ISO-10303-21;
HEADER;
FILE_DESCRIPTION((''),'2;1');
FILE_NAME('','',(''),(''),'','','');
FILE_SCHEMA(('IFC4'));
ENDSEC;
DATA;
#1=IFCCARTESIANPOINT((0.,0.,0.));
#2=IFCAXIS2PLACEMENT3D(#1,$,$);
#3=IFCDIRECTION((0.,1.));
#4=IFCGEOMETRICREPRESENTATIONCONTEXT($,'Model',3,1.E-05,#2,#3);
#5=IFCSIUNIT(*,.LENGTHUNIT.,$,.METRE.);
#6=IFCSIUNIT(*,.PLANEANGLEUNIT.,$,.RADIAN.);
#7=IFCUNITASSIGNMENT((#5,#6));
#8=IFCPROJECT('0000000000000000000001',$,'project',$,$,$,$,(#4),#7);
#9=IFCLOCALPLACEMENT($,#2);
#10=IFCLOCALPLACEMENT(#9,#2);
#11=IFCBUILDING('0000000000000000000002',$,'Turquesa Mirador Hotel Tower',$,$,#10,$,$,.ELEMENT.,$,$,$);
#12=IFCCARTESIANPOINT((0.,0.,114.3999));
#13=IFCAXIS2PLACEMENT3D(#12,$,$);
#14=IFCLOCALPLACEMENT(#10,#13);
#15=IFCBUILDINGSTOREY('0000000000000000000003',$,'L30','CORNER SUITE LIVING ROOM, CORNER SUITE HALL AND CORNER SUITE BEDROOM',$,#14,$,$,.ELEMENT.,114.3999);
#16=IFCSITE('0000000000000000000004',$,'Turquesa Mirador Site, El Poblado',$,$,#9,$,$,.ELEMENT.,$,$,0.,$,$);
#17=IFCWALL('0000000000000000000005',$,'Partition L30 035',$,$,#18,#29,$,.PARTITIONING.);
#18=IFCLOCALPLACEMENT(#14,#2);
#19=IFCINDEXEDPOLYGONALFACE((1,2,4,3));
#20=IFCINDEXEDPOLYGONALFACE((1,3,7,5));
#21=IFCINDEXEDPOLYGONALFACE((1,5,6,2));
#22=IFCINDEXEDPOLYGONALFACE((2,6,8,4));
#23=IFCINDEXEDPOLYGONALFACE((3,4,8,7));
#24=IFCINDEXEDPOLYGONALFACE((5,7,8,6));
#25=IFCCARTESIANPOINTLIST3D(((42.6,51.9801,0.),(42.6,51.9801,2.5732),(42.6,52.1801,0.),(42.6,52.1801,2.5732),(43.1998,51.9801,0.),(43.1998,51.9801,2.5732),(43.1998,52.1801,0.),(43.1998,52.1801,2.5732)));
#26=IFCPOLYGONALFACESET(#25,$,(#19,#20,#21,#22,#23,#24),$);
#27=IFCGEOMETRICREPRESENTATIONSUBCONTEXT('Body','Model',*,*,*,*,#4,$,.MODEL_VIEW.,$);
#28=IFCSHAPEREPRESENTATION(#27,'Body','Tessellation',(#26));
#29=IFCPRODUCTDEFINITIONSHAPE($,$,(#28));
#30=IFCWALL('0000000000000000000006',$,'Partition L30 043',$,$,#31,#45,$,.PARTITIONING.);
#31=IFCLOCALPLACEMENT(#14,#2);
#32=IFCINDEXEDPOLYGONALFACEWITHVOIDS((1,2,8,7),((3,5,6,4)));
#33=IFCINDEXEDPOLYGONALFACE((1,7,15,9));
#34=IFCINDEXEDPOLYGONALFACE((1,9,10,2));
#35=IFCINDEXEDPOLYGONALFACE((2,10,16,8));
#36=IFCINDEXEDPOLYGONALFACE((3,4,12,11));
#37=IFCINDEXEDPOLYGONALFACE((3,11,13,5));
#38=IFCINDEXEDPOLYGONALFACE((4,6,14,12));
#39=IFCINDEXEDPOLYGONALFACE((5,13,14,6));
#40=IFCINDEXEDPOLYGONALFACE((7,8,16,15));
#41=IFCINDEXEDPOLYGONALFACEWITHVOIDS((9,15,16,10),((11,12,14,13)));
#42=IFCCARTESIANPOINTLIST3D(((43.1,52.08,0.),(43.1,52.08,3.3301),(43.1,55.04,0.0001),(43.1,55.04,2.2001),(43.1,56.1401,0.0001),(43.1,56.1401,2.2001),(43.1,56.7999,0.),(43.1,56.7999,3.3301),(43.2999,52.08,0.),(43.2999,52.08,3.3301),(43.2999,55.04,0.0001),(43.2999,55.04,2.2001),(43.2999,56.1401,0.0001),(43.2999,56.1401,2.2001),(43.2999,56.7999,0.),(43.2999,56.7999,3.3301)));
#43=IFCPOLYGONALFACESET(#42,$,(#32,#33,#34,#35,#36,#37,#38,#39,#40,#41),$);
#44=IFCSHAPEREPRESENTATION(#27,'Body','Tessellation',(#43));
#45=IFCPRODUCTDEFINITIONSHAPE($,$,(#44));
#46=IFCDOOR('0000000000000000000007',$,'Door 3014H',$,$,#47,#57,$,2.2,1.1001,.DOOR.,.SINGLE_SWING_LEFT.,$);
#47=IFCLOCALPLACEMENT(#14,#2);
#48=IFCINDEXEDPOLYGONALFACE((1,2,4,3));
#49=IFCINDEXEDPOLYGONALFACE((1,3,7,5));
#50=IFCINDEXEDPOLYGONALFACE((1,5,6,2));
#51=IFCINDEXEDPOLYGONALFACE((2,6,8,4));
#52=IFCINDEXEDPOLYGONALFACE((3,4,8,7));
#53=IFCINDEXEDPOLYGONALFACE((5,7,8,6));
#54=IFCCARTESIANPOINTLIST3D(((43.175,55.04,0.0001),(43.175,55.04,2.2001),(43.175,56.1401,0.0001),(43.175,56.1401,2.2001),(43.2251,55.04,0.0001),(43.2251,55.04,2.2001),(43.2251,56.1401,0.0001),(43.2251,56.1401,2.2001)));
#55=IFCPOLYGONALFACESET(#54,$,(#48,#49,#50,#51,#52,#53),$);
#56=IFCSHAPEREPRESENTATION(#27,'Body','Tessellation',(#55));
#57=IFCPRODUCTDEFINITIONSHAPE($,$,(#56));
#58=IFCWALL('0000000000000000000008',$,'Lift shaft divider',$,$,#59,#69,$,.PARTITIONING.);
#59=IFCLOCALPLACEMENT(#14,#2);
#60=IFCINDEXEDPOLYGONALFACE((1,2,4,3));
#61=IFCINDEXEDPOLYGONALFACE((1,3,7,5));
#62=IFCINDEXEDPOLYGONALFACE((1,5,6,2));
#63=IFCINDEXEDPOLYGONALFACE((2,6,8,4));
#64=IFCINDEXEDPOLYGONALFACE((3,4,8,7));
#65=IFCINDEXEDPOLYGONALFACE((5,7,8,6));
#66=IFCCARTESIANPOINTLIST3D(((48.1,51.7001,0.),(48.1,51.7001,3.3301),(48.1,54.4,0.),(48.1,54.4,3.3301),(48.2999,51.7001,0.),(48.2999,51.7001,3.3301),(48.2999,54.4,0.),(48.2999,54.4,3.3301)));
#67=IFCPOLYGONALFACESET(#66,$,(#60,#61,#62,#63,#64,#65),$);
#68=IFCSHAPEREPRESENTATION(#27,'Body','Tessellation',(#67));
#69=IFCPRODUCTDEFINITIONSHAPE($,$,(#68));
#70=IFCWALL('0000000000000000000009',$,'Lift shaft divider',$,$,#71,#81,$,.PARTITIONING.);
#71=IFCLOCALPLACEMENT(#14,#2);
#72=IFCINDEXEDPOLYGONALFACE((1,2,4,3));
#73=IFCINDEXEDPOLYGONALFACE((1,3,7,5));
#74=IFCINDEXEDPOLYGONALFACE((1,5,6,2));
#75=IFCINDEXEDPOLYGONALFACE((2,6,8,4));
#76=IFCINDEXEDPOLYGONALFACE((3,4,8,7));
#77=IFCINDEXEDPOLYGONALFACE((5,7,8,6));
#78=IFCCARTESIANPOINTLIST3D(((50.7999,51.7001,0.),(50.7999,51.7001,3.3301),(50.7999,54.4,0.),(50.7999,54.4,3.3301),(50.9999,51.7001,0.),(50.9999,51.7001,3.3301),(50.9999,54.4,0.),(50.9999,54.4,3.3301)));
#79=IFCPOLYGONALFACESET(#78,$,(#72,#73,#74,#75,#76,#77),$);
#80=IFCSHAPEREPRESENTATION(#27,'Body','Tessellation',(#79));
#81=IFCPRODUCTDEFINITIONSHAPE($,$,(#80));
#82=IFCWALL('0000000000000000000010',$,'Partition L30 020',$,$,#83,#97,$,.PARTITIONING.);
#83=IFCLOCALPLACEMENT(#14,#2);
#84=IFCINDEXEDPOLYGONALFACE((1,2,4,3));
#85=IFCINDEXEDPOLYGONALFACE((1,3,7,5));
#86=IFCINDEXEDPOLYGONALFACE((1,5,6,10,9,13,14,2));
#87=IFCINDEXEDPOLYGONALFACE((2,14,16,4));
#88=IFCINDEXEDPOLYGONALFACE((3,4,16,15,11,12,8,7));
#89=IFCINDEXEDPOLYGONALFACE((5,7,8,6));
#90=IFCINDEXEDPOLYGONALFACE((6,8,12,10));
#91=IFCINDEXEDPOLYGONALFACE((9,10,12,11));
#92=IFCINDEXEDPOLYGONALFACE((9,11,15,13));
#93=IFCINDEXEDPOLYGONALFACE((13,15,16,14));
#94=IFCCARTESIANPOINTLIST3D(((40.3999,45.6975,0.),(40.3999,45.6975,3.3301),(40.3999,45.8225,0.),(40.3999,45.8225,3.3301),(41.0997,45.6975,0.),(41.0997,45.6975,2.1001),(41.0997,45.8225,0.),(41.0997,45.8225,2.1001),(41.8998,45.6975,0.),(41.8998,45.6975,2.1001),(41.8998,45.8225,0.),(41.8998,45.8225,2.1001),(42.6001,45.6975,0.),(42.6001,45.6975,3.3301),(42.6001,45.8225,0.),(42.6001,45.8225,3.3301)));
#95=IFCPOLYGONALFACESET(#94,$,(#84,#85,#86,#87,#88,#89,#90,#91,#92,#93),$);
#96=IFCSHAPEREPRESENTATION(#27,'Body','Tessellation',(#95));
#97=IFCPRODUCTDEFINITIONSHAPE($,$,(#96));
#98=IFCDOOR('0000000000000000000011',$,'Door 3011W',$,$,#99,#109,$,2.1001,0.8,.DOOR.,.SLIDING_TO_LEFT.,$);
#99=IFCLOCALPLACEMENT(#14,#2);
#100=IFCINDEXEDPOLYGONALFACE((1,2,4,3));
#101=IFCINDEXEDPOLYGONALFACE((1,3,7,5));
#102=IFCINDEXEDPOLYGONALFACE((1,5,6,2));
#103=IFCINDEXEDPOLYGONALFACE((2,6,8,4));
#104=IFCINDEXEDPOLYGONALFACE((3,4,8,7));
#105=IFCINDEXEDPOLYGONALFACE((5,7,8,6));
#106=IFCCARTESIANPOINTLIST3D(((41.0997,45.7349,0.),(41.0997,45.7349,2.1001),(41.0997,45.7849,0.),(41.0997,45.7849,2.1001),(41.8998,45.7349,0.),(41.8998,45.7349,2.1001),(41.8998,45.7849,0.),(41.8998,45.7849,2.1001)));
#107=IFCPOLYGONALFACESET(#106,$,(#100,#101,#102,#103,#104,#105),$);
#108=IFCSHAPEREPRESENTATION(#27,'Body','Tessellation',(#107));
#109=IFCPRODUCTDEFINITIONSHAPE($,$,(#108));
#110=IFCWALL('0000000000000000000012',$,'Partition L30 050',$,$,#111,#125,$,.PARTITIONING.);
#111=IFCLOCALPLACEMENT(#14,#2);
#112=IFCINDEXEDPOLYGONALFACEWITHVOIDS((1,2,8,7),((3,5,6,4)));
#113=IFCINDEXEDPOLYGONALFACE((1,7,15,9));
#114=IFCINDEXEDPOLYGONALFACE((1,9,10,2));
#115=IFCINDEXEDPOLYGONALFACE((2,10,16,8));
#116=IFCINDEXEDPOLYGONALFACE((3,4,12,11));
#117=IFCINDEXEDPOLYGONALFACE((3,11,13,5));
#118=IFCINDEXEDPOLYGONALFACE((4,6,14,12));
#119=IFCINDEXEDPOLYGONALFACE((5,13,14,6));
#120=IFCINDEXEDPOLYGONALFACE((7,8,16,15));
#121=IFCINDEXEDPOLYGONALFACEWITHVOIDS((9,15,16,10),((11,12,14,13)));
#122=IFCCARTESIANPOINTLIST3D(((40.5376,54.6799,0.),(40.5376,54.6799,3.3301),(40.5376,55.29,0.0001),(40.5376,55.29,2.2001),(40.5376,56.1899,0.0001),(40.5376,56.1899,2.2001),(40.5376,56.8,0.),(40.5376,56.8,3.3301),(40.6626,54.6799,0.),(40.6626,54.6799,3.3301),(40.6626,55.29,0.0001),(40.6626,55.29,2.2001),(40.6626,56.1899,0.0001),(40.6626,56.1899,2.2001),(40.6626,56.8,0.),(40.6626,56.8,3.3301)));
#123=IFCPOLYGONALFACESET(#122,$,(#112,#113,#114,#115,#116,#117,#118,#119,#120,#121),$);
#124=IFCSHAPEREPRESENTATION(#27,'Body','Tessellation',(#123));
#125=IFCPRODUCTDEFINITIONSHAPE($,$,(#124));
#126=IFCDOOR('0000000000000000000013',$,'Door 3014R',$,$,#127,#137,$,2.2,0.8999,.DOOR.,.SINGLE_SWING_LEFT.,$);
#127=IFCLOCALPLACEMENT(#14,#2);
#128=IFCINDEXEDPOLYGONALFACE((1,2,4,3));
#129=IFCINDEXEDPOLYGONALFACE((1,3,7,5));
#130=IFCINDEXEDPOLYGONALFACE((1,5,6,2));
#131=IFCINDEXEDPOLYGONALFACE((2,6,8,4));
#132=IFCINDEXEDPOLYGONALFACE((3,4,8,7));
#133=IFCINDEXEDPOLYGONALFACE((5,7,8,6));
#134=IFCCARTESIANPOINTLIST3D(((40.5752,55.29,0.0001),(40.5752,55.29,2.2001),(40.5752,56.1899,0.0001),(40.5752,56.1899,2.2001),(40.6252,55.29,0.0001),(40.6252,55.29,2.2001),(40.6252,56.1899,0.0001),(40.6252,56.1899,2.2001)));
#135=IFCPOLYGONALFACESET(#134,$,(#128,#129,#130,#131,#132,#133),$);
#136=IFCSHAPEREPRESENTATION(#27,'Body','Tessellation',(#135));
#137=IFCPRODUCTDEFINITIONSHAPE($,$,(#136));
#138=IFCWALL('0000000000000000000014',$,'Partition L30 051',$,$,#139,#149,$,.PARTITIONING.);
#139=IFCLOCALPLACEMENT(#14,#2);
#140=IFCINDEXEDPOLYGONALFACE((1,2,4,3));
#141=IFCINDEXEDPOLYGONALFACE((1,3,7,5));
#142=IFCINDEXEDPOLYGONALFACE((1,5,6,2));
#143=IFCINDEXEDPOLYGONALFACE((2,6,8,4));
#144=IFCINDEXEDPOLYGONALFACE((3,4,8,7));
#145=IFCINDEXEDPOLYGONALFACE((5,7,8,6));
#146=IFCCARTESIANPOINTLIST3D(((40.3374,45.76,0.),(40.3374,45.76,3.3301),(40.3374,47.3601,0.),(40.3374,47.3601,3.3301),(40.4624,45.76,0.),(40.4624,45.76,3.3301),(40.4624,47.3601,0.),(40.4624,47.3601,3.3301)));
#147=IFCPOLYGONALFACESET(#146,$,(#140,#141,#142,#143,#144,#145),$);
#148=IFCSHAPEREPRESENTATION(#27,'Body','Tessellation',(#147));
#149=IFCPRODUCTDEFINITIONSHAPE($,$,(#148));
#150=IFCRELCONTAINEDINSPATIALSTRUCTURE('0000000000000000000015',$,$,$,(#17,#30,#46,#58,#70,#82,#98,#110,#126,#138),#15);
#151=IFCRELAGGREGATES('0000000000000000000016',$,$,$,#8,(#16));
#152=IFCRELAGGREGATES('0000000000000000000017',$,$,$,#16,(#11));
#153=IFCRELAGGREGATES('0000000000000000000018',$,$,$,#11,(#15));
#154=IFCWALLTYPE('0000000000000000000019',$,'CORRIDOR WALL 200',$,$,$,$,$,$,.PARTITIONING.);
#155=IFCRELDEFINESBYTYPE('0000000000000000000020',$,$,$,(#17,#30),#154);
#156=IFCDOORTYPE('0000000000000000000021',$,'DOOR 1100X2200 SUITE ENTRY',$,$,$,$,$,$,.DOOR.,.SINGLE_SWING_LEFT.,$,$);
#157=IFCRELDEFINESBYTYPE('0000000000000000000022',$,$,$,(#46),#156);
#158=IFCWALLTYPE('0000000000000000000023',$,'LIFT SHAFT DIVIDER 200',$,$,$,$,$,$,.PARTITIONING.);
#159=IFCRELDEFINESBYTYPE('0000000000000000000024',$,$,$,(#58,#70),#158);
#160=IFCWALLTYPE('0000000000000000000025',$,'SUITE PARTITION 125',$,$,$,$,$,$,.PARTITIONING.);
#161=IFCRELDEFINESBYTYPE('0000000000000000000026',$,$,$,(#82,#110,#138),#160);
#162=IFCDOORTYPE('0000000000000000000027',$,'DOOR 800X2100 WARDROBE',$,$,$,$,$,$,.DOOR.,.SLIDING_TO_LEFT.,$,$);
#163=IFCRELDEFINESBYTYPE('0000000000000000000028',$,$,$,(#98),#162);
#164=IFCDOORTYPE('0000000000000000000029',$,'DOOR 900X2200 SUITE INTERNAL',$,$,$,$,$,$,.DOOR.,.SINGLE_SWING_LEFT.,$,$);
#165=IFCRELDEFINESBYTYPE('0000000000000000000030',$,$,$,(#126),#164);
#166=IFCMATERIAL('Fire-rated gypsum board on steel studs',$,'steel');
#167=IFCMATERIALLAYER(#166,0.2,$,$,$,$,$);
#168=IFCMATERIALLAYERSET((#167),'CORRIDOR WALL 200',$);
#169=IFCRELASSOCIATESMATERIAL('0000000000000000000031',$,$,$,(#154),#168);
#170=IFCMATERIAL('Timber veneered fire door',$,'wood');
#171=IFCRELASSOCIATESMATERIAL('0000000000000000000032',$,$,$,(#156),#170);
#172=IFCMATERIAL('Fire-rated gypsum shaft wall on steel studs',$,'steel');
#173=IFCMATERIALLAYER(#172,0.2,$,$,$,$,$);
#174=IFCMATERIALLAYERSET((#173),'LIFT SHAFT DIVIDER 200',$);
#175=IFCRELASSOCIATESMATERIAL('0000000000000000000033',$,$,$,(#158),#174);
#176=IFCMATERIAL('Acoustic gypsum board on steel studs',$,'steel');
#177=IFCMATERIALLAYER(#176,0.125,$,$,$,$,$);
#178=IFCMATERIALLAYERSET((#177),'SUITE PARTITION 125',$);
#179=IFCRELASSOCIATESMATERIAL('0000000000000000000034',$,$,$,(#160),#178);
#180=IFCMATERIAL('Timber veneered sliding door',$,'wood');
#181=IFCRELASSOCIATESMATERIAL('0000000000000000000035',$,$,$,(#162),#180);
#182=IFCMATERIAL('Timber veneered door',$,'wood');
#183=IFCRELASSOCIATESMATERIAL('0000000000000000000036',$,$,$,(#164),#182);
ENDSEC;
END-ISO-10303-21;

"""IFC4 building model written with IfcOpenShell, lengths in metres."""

from ifc_helpers import new_model, si_unit, direction, frame, frame_2d, origin, place, context, subcontext, project, spatial, rectangle, extrude, material, layer, layer_set, type_object, element, fill, save


model = new_model("IFC4")

# Units and contexts
model_context = context("Model", 3, precision=1e-05, world=origin(), true_north=direction((0.0, 1.0)))
body_context = subcontext(model_context, "Body", "Model", "MODEL_VIEW")
ifc_project = project(units=[si_unit("LENGTHUNIT", "METRE"), si_unit("PLANEANGLEUNIT", "RADIAN")], contexts=[model_context])

# Site, building, storey
site_placement = place(None, origin())
site = spatial("IfcSite", under=ifc_project, at=site_placement, Name="Turquesa Mirador Site, El Poblado", CompositionType="ELEMENT", RefElevation=0.0)
building_placement = place(site_placement, origin())
building = spatial("IfcBuilding", under=site, at=building_placement, Name="Turquesa Mirador Hotel Tower", CompositionType="ELEMENT")
storey_placement = place(building_placement, frame((0.0, 0.0, 114.3999)))
storey = spatial("IfcBuildingStorey", under=building, at=storey_placement, Name="L30", Description="CORNER SUITE LIVING ROOM, CORNER SUITE HALL AND CORNER SUITE BEDROOM", CompositionType="ELEMENT", Elevation=114.3999)

# Wall
ifc_material_1 = material(Name="Fire-rated gypsum board on steel studs", Category="steel")
ifc_layer_1 = layer(ifc_material_1, 0.2)
ifc_layer_set_1 = layer_set([ifc_layer_1], Name="CORRIDOR WALL 200")
wall_type_1 = type_object("IfcWallType", Name="CORRIDOR WALL 200", PredefinedType="PARTITIONING", material=ifc_layer_set_1)
wall_1_placement = place(storey_placement, frame((42.6001, 52.0801, 0.0), z_axis=(0.0, 0.0, 1.0), x_axis=(1.0, 0.0, 0.0)))
element("IfcWall", 1, at=wall_1_placement, inside=storey, type_object=wall_type_1, Name="Partition L30 035", PredefinedType="PARTITIONING", context=body_context, shape_type="SweptSolid", body=[
    extrude(rectangle(XDim=0.5999, YDim=0.2, at=frame_2d((0.2998, 0.0))), origin(), (0.0, 0.0, 1.0), 2.5732),
])

# Wall, opening, door
wall_2_placement = place(storey_placement, frame((43.2, 52.0801, 0.0), z_axis=(0.0, 0.0, 1.0), x_axis=(0.0, 1.0, 0.0)))
wall_2 = element("IfcWall", 2, at=wall_2_placement, inside=storey, type_object=wall_type_1, Name="Partition L30 043", PredefinedType="PARTITIONING", context=body_context, shape_type="SweptSolid", body=[
    extrude(rectangle(XDim=4.72, YDim=0.2, at=frame_2d((2.3599, 0.0))), origin(), (0.0, 0.0, 1.0), 3.3301),
])
opening_1_placement = place(wall_2_placement, frame((2.96, 0.0, 0.0)))
opening_1 = element("IfcOpeningElement", 3, at=opening_1_placement, cuts=wall_2, PredefinedType="OPENING", context=body_context, shape_type="SweptSolid", body=[
    extrude(rectangle(XDim=1.1001, YDim=2.2, at=frame_2d((0.55, 1.1001))), frame((0.0, 0.1099, 0.0), z_axis=(0.0, -1.0, 0.0), x_axis=(1.0, 0.0, 0.0)), (0.0, 0.0, 1.0), 0.22),
])
ifc_material_2 = material(Name="Timber veneered fire door", Category="wood")
door_type_1 = type_object("IfcDoorType", Name="DOOR 1100X2200 SUITE ENTRY", OperationType="SINGLE_SWING_LEFT", PredefinedType="DOOR", material=ifc_material_2)
door_1_placement = place(opening_1_placement, origin())
door_1 = element("IfcDoor", 4, at=door_1_placement, inside=storey, type_object=door_type_1, Name="Door 3014H", OperationType="SINGLE_SWING_LEFT", OverallHeight=2.2, OverallWidth=1.1001, PredefinedType="DOOR", context=body_context, shape_type="SweptSolid", body=[
    extrude(rectangle(XDim=1.1001, YDim=2.2, at=frame_2d((0.55, 1.1001))), frame((0.0, 0.0249, 0.0), z_axis=(0.0, -1.0, 0.0), x_axis=(1.0, 0.0, 0.0)), (0.0, 0.0, 1.0), 0.05),
])
fill(opening_1, door_1)

# Walls
ifc_material_3 = material(Name="Fire-rated gypsum shaft wall on steel studs", Category="steel")
ifc_layer_2 = layer(ifc_material_3, 0.2)
ifc_layer_set_2 = layer_set([ifc_layer_2], Name="LIFT SHAFT DIVIDER 200")
wall_type_2 = type_object("IfcWallType", Name="LIFT SHAFT DIVIDER 200", PredefinedType="PARTITIONING", material=ifc_layer_set_2)
for number, where, z_axis, x_axis, name in (
    (5, (48.2, 51.7, 0.0), (0.0, 0.0, 1.0), (0.0, 1.0, 0.0), "Lift shaft divider"),
    (6, (50.8999, 51.7, 0.0), (0.0, 0.0, 1.0), (0.0, 1.0, 0.0), "Lift shaft divider"),
):
    element("IfcWall", number, at=place(storey_placement, frame(where, z_axis=z_axis, x_axis=x_axis)), inside=storey, type_object=wall_type_2, Name=name, PredefinedType="PARTITIONING", context=body_context, shape_type="SweptSolid", body=[
        extrude(rectangle(XDim=2.7, YDim=0.2, at=frame_2d((1.3501, 0.0))), origin(), (0.0, 0.0, 1.0), 3.3301),
    ])

# Walls, openings, doors
ifc_material_4 = material(Name="Acoustic gypsum board on steel studs", Category="steel")
ifc_layer_3 = layer(ifc_material_4, 0.125)
ifc_layer_set_3 = layer_set([ifc_layer_3], Name="SUITE PARTITION 125")
wall_type_3 = type_object("IfcWallType", Name="SUITE PARTITION 125", PredefinedType="PARTITIONING", material=ifc_layer_set_3)
wall_3_placement = place(storey_placement, frame((40.3999, 45.76, 0.0), z_axis=(0.0, 0.0, 1.0), x_axis=(1.0, 0.0, 0.0)))
wall_3 = element("IfcWall", 7, at=wall_3_placement, inside=storey, type_object=wall_type_3, Name="Partition L30 020", PredefinedType="PARTITIONING", context=body_context, shape_type="SweptSolid", body=[
    extrude(rectangle(XDim=2.2002, YDim=0.125, at=frame_2d((1.1001, 0.0))), origin(), (0.0, 0.0, 1.0), 3.3301),
])
opening_2_placement = place(wall_3_placement, frame((0.7, 0.0, 0.0)))
opening_2 = element("IfcOpeningElement", 8, at=opening_2_placement, cuts=wall_3, PredefinedType="OPENING", context=body_context, shape_type="SweptSolid", body=[
    extrude(rectangle(XDim=0.8, YDim=2.1001, at=frame_2d((0.3999, 1.05))), frame((0.0, 0.0725, 0.0), z_axis=(0.0, -1.0, 0.0), x_axis=(1.0, 0.0, 0.0)), (0.0, 0.0, 1.0), 0.145),
])
ifc_material_5 = material(Name="Timber veneered sliding door", Category="wood")
door_type_2 = type_object("IfcDoorType", Name="DOOR 800X2100 WARDROBE", OperationType="SLIDING_TO_LEFT", PredefinedType="DOOR", material=ifc_material_5)
door_2_placement = place(opening_2_placement, origin())
door_2 = element("IfcDoor", 9, at=door_2_placement, inside=storey, type_object=door_type_2, Name="Door 3011W", OperationType="SLIDING_TO_LEFT", OverallHeight=2.1001, OverallWidth=0.8, PredefinedType="DOOR", context=body_context, shape_type="SweptSolid", body=[
    extrude(rectangle(XDim=0.8, YDim=2.1001, at=frame_2d((0.3999, 1.05))), frame((0.0, 0.0249, 0.0), z_axis=(0.0, -1.0, 0.0), x_axis=(1.0, 0.0, 0.0)), (0.0, 0.0, 1.0), 0.05),
])
fill(opening_2, door_2)
wall_4_placement = place(storey_placement, frame((40.6001, 54.6799, 0.0), z_axis=(0.0, 0.0, 1.0), x_axis=(0.0, 1.0, 0.0)))
wall_4 = element("IfcWall", 10, at=wall_4_placement, inside=storey, type_object=wall_type_3, Name="Partition L30 050", PredefinedType="PARTITIONING", context=body_context, shape_type="SweptSolid", body=[
    extrude(rectangle(XDim=2.1201, YDim=0.125, at=frame_2d((1.0601, 0.0))), origin(), (0.0, 0.0, 1.0), 3.3301),
])
opening_3_placement = place(wall_4_placement, frame((0.6101, 0.0, 0.0)))
opening_3 = element("IfcOpeningElement", 11, at=opening_3_placement, cuts=wall_4, PredefinedType="OPENING", context=body_context, shape_type="SweptSolid", body=[
    extrude(rectangle(XDim=0.8999, YDim=2.2, at=frame_2d((0.45, 1.1001))), frame((0.0, 0.0725, 0.0), z_axis=(0.0, -1.0, 0.0), x_axis=(1.0, 0.0, 0.0)), (0.0, 0.0, 1.0), 0.145),
])
ifc_material_6 = material(Name="Timber veneered door", Category="wood")
door_type_3 = type_object("IfcDoorType", Name="DOOR 900X2200 SUITE INTERNAL", OperationType="SINGLE_SWING_LEFT", PredefinedType="DOOR", material=ifc_material_6)
door_3_placement = place(opening_3_placement, origin())
door_3 = element("IfcDoor", 12, at=door_3_placement, inside=storey, type_object=door_type_3, Name="Door 3014R", OperationType="SINGLE_SWING_LEFT", OverallHeight=2.2, OverallWidth=0.8999, PredefinedType="DOOR", context=body_context, shape_type="SweptSolid", body=[
    extrude(rectangle(XDim=0.8999, YDim=2.2, at=frame_2d((0.45, 1.1001))), frame((0.0, 0.0249, 0.0), z_axis=(0.0, -1.0, 0.0), x_axis=(1.0, 0.0, 0.0)), (0.0, 0.0, 1.0), 0.05),
])
fill(opening_3, door_3)

# Wall
wall_5_placement = place(storey_placement, frame((40.3999, 45.76, 0.0), z_axis=(0.0, 0.0, 1.0), x_axis=(0.0, 1.0, 0.0)))
element("IfcWall", 13, at=wall_5_placement, inside=storey, type_object=wall_type_3, Name="Partition L30 051", PredefinedType="PARTITIONING", context=body_context, shape_type="SweptSolid", body=[
    extrude(rectangle(XDim=1.6001, YDim=0.125, at=frame_2d((0.8, 0.0))), origin(), (0.0, 0.0, 1.0), 3.3301),
])

save(model, "model.ifc")
